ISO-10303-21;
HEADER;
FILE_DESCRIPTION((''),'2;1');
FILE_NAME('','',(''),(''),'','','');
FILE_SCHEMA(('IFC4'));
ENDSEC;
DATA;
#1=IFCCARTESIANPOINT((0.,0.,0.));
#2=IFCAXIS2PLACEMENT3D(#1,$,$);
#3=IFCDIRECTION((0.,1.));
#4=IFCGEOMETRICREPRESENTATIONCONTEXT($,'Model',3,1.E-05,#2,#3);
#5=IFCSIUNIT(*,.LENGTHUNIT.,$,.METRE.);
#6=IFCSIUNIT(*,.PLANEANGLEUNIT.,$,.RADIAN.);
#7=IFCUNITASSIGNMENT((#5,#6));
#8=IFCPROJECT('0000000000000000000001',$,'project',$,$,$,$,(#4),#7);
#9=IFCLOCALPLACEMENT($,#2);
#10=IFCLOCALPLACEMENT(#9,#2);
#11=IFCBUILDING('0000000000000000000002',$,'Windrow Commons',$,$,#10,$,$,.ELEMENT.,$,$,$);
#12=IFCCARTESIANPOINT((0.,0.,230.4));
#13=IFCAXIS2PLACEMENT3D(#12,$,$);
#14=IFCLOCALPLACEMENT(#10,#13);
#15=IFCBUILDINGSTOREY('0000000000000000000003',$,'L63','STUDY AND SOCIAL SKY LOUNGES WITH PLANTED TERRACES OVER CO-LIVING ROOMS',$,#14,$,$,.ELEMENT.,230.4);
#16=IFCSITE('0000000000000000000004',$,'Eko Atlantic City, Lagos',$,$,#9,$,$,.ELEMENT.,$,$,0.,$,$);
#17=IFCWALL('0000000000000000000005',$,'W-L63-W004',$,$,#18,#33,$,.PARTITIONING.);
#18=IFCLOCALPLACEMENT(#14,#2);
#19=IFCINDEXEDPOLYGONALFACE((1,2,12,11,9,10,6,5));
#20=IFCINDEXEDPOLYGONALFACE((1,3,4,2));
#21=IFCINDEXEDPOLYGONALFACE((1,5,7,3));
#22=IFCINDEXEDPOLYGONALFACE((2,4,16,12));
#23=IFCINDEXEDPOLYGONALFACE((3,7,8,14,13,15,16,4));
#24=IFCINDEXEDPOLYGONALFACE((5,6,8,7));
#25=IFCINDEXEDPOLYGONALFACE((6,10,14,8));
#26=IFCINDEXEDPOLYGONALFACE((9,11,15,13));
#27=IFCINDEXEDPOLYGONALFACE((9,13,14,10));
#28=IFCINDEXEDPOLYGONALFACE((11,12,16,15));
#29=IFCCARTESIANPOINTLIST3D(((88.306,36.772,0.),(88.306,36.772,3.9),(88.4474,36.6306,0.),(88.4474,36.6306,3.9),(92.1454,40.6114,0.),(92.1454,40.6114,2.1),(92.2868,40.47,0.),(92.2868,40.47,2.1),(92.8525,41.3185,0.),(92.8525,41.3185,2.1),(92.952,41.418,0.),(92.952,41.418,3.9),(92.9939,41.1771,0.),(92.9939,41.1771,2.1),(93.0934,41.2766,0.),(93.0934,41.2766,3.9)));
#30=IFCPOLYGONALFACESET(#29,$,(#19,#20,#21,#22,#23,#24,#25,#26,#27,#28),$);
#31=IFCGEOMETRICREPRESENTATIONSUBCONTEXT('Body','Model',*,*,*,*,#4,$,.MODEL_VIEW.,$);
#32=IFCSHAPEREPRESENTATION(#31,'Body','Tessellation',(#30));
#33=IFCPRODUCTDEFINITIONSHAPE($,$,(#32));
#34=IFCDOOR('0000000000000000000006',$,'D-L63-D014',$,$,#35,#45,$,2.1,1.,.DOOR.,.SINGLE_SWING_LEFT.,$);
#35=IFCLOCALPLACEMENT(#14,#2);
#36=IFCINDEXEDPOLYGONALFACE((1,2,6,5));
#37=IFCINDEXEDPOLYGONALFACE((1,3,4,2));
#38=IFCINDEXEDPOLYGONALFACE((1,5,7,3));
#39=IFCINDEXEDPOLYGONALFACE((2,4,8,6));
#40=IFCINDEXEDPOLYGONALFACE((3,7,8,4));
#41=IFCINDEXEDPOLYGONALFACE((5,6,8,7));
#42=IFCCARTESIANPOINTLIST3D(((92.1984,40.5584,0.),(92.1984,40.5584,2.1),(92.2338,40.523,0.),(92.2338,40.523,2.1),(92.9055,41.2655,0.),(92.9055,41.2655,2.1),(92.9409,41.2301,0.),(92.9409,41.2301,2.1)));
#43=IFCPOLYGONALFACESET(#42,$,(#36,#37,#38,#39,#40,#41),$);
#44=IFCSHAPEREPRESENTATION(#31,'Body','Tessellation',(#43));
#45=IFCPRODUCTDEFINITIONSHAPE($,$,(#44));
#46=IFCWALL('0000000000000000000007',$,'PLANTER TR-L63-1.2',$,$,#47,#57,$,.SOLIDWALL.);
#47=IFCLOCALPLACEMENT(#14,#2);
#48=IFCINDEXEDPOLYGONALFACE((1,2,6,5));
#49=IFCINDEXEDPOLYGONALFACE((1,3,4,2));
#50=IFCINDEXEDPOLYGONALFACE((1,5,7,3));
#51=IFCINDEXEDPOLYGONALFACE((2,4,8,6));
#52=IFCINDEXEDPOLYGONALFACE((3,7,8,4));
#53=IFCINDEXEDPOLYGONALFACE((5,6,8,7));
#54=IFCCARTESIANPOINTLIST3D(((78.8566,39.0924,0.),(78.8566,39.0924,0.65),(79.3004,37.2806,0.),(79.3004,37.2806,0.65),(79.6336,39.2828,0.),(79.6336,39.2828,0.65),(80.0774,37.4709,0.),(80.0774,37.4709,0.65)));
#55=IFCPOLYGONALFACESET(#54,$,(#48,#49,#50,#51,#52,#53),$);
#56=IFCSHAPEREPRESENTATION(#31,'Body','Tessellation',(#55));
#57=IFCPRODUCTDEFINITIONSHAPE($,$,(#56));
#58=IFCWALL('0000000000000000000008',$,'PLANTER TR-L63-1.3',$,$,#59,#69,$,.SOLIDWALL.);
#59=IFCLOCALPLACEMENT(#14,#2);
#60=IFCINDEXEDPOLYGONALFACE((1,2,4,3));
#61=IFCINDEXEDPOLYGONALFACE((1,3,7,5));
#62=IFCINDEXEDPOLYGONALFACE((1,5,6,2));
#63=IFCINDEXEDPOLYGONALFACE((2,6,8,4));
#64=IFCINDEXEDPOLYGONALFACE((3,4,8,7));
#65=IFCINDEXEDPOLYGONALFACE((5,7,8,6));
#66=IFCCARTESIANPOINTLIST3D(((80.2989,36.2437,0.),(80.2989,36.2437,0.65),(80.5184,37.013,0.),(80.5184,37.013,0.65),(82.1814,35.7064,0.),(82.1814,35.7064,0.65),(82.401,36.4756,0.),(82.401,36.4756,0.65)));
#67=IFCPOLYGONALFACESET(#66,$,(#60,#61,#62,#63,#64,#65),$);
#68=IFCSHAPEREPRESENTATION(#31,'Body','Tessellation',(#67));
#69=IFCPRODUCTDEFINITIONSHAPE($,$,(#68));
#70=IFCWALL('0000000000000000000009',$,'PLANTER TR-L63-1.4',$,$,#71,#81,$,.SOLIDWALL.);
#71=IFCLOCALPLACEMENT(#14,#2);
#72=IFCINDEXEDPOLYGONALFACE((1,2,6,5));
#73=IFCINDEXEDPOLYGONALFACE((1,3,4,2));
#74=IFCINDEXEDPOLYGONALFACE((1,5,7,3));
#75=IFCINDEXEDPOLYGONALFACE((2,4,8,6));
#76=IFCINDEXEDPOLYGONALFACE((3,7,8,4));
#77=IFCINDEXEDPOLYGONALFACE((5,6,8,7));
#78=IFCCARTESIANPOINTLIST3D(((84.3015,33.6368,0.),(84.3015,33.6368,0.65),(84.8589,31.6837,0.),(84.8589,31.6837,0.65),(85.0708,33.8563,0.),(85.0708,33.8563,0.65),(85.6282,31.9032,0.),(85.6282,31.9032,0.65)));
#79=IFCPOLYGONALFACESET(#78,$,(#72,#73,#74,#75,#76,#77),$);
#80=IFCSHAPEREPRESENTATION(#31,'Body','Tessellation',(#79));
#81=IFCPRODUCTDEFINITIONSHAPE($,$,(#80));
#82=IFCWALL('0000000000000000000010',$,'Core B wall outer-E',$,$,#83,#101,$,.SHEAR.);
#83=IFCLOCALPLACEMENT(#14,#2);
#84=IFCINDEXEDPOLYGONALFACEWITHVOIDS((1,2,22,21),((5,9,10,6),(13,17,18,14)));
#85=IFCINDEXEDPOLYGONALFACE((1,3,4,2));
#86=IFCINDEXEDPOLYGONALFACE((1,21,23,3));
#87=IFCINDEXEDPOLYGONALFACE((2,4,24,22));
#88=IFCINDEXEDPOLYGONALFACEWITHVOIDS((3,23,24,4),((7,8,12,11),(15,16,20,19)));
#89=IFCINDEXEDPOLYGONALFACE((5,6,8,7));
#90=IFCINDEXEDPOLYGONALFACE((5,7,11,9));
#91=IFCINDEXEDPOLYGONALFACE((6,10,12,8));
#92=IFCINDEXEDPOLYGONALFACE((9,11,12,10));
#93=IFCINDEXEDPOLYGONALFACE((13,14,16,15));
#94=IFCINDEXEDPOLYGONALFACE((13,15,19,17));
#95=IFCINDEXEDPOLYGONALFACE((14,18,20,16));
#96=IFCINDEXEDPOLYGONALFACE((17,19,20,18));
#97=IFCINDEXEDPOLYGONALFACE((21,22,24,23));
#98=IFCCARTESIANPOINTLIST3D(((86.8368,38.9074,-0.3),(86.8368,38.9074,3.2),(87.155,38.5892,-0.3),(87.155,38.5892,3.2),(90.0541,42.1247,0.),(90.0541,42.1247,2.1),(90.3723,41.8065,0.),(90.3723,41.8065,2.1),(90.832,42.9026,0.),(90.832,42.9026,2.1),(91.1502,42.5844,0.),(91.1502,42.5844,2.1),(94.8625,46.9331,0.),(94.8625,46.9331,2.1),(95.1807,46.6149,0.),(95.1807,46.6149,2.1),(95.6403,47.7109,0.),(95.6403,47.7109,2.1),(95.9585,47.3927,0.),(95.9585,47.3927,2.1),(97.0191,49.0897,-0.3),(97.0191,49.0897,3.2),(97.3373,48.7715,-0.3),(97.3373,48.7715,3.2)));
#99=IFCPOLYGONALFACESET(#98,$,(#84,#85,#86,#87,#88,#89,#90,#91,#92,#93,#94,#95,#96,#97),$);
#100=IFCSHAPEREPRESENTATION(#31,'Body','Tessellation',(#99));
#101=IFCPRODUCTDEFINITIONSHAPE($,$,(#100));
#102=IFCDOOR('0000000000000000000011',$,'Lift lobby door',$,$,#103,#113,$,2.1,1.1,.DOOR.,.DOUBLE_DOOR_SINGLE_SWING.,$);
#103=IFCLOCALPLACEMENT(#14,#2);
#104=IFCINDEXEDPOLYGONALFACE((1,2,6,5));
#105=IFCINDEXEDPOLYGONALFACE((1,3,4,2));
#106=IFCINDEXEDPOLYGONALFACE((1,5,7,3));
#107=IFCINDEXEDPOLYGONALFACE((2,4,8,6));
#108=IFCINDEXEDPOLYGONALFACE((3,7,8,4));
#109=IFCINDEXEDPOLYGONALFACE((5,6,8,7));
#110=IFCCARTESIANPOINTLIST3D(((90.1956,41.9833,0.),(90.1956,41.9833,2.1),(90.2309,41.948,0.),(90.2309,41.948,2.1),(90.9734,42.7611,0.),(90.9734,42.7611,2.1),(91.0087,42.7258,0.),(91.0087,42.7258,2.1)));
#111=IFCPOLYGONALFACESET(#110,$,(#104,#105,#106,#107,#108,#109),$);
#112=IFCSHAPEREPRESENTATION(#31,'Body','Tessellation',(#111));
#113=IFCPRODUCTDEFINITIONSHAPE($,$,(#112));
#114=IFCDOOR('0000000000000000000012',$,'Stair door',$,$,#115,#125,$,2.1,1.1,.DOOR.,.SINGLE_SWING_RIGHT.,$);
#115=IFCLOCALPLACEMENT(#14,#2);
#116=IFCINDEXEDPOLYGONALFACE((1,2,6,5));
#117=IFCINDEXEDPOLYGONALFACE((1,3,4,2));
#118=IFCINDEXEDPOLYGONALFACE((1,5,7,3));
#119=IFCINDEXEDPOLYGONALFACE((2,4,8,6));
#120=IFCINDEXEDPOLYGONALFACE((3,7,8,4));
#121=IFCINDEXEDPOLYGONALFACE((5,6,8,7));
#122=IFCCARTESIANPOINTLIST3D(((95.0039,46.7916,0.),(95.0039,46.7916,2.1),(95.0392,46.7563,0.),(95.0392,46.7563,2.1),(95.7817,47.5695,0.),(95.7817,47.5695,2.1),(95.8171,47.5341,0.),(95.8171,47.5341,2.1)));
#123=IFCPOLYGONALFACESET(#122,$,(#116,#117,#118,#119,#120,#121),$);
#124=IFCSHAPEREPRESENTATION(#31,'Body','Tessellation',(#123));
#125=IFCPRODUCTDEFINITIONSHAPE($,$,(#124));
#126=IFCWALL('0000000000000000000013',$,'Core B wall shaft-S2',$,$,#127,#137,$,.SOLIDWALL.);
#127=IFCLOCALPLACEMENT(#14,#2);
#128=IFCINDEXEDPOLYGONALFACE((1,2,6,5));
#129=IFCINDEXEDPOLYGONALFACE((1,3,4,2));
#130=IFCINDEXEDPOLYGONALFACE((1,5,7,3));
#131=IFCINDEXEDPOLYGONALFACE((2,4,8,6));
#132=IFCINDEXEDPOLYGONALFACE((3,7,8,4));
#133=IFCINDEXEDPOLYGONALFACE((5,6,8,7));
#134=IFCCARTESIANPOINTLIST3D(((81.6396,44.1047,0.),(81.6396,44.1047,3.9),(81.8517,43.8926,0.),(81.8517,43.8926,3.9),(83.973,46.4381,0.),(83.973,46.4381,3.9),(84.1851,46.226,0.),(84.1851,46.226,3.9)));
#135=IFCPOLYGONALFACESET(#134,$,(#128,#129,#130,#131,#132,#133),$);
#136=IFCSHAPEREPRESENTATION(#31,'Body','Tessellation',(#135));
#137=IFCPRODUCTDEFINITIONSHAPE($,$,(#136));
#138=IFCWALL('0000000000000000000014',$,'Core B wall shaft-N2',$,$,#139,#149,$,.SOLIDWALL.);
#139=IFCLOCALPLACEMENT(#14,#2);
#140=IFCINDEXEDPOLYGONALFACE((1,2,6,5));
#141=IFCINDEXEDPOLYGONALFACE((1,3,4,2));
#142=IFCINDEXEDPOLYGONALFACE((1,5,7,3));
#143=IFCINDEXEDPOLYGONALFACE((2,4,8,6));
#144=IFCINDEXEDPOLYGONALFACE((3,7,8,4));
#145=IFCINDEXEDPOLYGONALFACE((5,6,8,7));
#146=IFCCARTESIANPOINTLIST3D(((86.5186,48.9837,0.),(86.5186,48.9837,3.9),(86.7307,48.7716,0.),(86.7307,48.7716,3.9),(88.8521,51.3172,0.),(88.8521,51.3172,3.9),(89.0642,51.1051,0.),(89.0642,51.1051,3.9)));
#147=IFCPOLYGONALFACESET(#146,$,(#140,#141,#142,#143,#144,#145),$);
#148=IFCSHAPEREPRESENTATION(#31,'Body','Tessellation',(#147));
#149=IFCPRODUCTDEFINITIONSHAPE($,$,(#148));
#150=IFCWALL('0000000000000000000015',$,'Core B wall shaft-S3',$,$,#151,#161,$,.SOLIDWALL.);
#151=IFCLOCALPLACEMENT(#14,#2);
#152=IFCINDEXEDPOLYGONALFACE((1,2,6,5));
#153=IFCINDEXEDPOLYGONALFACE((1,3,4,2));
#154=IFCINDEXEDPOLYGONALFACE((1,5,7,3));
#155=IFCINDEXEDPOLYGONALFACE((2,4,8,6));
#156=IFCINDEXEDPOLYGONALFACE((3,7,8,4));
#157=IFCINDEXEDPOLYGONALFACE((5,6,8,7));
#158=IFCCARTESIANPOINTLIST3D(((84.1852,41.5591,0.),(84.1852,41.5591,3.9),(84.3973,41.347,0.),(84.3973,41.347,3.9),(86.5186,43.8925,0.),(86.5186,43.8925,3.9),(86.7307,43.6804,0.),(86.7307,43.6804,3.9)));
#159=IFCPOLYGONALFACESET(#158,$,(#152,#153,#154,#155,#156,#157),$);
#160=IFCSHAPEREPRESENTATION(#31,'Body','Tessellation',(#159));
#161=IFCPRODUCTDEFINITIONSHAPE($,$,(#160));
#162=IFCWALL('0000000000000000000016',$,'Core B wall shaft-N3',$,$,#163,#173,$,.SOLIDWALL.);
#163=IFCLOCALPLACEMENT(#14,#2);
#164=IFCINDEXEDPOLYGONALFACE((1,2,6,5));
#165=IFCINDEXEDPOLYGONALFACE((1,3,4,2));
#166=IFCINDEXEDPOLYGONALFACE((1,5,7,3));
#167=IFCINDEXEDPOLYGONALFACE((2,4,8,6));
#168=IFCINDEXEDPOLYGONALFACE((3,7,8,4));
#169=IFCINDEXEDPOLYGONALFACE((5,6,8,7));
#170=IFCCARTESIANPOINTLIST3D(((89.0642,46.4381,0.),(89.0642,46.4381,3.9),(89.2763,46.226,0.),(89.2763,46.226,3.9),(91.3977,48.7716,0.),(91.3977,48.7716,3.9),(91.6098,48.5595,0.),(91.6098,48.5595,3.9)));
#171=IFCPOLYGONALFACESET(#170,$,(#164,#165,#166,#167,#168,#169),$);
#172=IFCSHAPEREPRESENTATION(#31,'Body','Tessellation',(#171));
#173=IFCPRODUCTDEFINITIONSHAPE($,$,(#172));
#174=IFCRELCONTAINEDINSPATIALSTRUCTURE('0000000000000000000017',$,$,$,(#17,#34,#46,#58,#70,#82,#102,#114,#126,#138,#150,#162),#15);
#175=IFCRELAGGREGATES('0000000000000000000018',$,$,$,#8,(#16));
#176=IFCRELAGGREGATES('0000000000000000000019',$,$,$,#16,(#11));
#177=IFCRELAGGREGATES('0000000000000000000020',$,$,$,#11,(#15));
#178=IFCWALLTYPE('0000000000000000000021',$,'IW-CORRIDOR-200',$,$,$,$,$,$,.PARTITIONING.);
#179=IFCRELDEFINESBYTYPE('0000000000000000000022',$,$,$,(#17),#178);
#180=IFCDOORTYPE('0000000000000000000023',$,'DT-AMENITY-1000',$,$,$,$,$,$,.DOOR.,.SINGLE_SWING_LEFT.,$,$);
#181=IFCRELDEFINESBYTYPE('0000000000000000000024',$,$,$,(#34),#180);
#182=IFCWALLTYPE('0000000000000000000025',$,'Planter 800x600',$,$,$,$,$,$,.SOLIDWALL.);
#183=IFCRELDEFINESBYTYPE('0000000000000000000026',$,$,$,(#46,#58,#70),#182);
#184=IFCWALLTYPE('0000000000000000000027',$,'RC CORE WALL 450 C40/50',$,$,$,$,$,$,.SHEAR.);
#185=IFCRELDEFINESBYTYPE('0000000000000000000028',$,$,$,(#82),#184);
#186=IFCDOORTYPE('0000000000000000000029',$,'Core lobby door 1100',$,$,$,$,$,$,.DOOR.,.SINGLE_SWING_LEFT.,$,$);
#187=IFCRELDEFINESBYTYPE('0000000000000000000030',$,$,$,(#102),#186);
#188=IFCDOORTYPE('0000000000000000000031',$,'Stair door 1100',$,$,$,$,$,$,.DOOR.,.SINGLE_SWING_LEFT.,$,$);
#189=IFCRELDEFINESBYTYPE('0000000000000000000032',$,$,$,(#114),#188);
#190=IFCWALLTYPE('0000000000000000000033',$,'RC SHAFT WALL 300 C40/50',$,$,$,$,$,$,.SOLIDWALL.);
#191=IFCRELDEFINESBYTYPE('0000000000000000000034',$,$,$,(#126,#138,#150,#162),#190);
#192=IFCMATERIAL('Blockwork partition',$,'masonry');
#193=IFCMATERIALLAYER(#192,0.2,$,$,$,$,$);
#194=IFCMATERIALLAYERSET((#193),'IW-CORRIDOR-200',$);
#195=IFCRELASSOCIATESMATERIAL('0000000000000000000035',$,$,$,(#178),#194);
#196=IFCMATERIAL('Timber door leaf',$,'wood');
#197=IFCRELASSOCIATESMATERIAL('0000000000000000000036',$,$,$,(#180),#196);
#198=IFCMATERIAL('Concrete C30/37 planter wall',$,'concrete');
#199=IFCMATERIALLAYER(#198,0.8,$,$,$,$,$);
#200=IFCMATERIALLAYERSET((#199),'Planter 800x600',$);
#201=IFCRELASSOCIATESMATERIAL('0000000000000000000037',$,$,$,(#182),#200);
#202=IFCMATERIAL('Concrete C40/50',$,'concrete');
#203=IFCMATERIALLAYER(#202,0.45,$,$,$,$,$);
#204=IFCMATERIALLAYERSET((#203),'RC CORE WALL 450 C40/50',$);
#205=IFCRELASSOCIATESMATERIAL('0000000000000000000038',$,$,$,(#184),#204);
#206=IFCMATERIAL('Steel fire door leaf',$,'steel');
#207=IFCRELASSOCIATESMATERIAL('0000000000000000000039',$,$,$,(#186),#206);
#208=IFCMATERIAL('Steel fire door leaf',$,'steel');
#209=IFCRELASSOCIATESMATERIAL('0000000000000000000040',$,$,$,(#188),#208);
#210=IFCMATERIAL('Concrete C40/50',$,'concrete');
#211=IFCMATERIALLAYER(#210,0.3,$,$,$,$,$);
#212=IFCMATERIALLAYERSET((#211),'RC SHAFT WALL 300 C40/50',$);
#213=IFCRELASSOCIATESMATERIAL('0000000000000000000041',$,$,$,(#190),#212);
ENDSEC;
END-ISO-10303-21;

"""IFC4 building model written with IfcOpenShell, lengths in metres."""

from ifc_helpers import new_model, si_unit, direction, frame, frame_2d, origin, place, context, subcontext, project, spatial, rectangle, extrude, material, layer, layer_set, type_object, element, fill, save


model = new_model("IFC4")

# Units and contexts
model_context = context("Model", 3, precision=1e-05, world=origin(), true_north=direction((0.0, 1.0)))
body_context = subcontext(model_context, "Body", "Model", "MODEL_VIEW")
ifc_project = project(units=[si_unit("LENGTHUNIT", "METRE"), si_unit("PLANEANGLEUNIT", "RADIAN")], contexts=[model_context])

# Site, building, storey
site_placement = place(None, origin())
site = spatial("IfcSite", under=ifc_project, at=site_placement, Name="Eko Atlantic City, Lagos", CompositionType="ELEMENT", RefElevation=0.0)
building_placement = place(site_placement, origin())
building = spatial("IfcBuilding", under=site, at=building_placement, Name="Windrow Commons", CompositionType="ELEMENT")
storey_placement = place(building_placement, frame((0.0, 0.0, 230.4)))
storey = spatial("IfcBuildingStorey", under=building, at=storey_placement, Name="L63", Description="STUDY AND SOCIAL SKY LOUNGES WITH PLANTED TERRACES OVER CO-LIVING ROOMS", CompositionType="ELEMENT", Elevation=230.4)

# Wall, opening, door
ifc_material_1 = material(Name="Blockwork partition", Category="masonry")
ifc_layer_1 = layer(ifc_material_1, 0.2)
ifc_layer_set_1 = layer_set([ifc_layer_1], Name="IW-CORRIDOR-200")
wall_type_1 = type_object("IfcWallType", Name="IW-CORRIDOR-200", PredefinedType="PARTITIONING", material=ifc_layer_set_1)
wall_1_placement = place(storey_placement, frame((88.3767, 36.7013, 0.0), z_axis=(0.0, 0.0, 1.0), x_axis=(0.707107, 0.707107, 0.0)))
wall_1 = element("IfcWall", 1, at=wall_1_placement, inside=storey, type_object=wall_type_1, Name="W-L63-W004", PredefinedType="PARTITIONING", context=body_context, shape_type="SweptSolid", body=[
    extrude(rectangle(XDim=6.5704, YDim=0.2, at=frame_2d((3.2852, 0.0))), origin(), (0.0, 0.0, 1.0), 3.9),
])
opening_1_placement = place(wall_1_placement, frame((5.4297, 0.0, 0.0)))
opening_1 = element("IfcOpeningElement", 2, at=opening_1_placement, cuts=wall_1, PredefinedType="OPENING", context=body_context, shape_type="SweptSolid", body=[
    extrude(rectangle(XDim=1.0, YDim=2.1, at=frame_2d((0.5, 1.05))), frame((0.0, 0.11, 0.0), z_axis=(0.0, -1.0, 0.0), x_axis=(1.0, 0.0, 0.0)), (0.0, 0.0, 1.0), 0.22),
])
ifc_material_2 = material(Name="Timber door leaf", Category="wood")
door_type_1 = type_object("IfcDoorType", Name="DT-AMENITY-1000", OperationType="SINGLE_SWING_LEFT", PredefinedType="DOOR", material=ifc_material_2)
door_1_placement = place(opening_1_placement, origin())
door_1 = element("IfcDoor", 3, at=door_1_placement, inside=storey, type_object=door_type_1, Name="D-L63-D014", OperationType="SINGLE_SWING_LEFT", OverallHeight=2.1, OverallWidth=1.0, PredefinedType="DOOR", context=body_context, shape_type="SweptSolid", body=[
    extrude(rectangle(XDim=1.0, YDim=2.1, at=frame_2d((0.5, 1.05))), frame((0.0, 0.025, 0.0), z_axis=(0.0, -1.0, 0.0), x_axis=(1.0, 0.0, 0.0)), (0.0, 0.0, 1.0), 0.05),
])
fill(opening_1, door_1)

# Walls
ifc_material_3 = material(Name="Concrete C30/37 planter wall", Category="concrete")
ifc_layer_2 = layer(ifc_material_3, 0.8)
ifc_layer_set_2 = layer_set([ifc_layer_2], Name="Planter 800x600")
wall_type_2 = type_object("IfcWallType", Name="Planter 800x600", PredefinedType="SOLIDWALL", material=ifc_layer_set_2)
wall_2_placement = place(storey_placement, frame((79.2451, 39.1876, 0.0), z_axis=(0.0, 0.0, 1.0), x_axis=(0.237916, -0.971286, 0.0)))
element("IfcWall", 4, at=wall_2_placement, inside=storey, type_object=wall_type_2, Name="PLANTER TR-L63-1.2", PredefinedType="SOLIDWALL", context=body_context, shape_type="SweptSolid", body=[
    extrude(rectangle(XDim=1.8654, YDim=0.8, at=frame_2d((0.9327, 0.0))), origin(), (0.0, 0.0, 1.0), 0.65),
])
wall_3_placement = place(storey_placement, frame((80.4087, 36.6283, 0.0), z_axis=(0.0, 0.0, 1.0), x_axis=(0.961599, -0.274458, 0.0)))
element("IfcWall", 5, at=wall_3_placement, inside=storey, type_object=wall_type_2, Name="PLANTER TR-L63-1.3", PredefinedType="SOLIDWALL", context=body_context, shape_type="SweptSolid", body=[
    extrude(rectangle(XDim=1.9577, YDim=0.8, at=frame_2d((0.9788, 0.0))), origin(), (0.0, 0.0, 1.0), 0.65),
])
wall_4_placement = place(storey_placement, frame((84.6862, 33.7465, 0.0), z_axis=(0.0, 0.0, 1.0), x_axis=(0.274435, -0.961606, 0.0)))
element("IfcWall", 6, at=wall_4_placement, inside=storey, type_object=wall_type_2, Name="PLANTER TR-L63-1.4", PredefinedType="SOLIDWALL", context=body_context, shape_type="SweptSolid", body=[
    extrude(rectangle(XDim=2.0311, YDim=0.8, at=frame_2d((1.0155, 0.0))), origin(), (0.0, 0.0, 1.0), 0.65),
])

# Wall, openings, doors
ifc_material_4 = material(Name="Concrete C40/50", Category="concrete")
ifc_layer_3 = layer(ifc_material_4, 0.45)
ifc_layer_set_3 = layer_set([ifc_layer_3], Name="RC CORE WALL 450 C40/50")
wall_type_3 = type_object("IfcWallType", Name="RC CORE WALL 450 C40/50", PredefinedType="SHEAR", material=ifc_layer_set_3)
wall_5_placement = place(storey_placement, frame((86.9959, 38.7483, -0.3), z_axis=(0.0, 0.0, 1.0), x_axis=(0.707107, 0.707107, 0.0)))
wall_5 = element("IfcWall", 7, at=wall_5_placement, inside=storey, type_object=wall_type_3, Name="Core B wall outer-E", PredefinedType="SHEAR", context=body_context, shape_type="SweptSolid", body=[
    extrude(rectangle(XDim=14.3999, YDim=0.45, at=frame_2d((7.2, 0.0))), origin(), (0.0, 0.0, 1.0), 3.5),
])
opening_2_placement = place(wall_5_placement, frame((4.55, 0.0, 0.3)))
opening_2 = element("IfcOpeningElement", 8, at=opening_2_placement, cuts=wall_5, PredefinedType="OPENING", context=body_context, shape_type="SweptSolid", body=[
    extrude(rectangle(XDim=1.1, YDim=2.1, at=frame_2d((0.55, 1.05))), frame((0.0, 0.235, 0.0), z_axis=(0.0, -1.0, 0.0), x_axis=(1.0, 0.0, 0.0)), (0.0, 0.0, 1.0), 0.47),
])
opening_3_placement = place(wall_5_placement, frame((11.35, 0.0, 0.3)))
opening_3 = element("IfcOpeningElement", 9, at=opening_3_placement, cuts=wall_5, PredefinedType="OPENING", context=body_context, shape_type="SweptSolid", body=[
    extrude(rectangle(XDim=1.1, YDim=2.1, at=frame_2d((0.55, 1.05))), frame((0.0, 0.235, 0.0), z_axis=(0.0, -1.0, 0.0), x_axis=(1.0, 0.0, 0.0)), (0.0, 0.0, 1.0), 0.47),
])
ifc_material_5 = material(Name="Steel fire door leaf", Category="steel")
door_type_2 = type_object("IfcDoorType", Name="Core lobby door 1100", OperationType="SINGLE_SWING_LEFT", PredefinedType="DOOR", material=ifc_material_5)
door_2_placement = place(opening_2_placement, origin())
door_2 = element("IfcDoor", 10, at=door_2_placement, inside=storey, type_object=door_type_2, Name="Lift lobby door", OperationType="DOUBLE_DOOR_SINGLE_SWING", OverallHeight=2.1, OverallWidth=1.1, PredefinedType="DOOR", context=body_context, shape_type="SweptSolid", body=[
    extrude(rectangle(XDim=1.1, YDim=2.1, at=frame_2d((0.55, 1.05))), frame((0.0, 0.025, 0.0), z_axis=(0.0, -1.0, 0.0), x_axis=(1.0, 0.0, 0.0)), (0.0, 0.0, 1.0), 0.05),
])
fill(opening_2, door_2)
ifc_material_6 = material(Name="Steel fire door leaf", Category="steel")
door_type_3 = type_object("IfcDoorType", Name="Stair door 1100", OperationType="SINGLE_SWING_LEFT", PredefinedType="DOOR", material=ifc_material_6)
door_3_placement = place(opening_3_placement, origin())
door_3 = element("IfcDoor", 11, at=door_3_placement, inside=storey, type_object=door_type_3, Name="Stair door", OperationType="SINGLE_SWING_RIGHT", OverallHeight=2.1, OverallWidth=1.1, PredefinedType="DOOR", context=body_context, shape_type="SweptSolid", body=[
    extrude(rectangle(XDim=1.1, YDim=2.1, at=frame_2d((0.55, 1.05))), frame((0.0, 0.025, 0.0), z_axis=(0.0, -1.0, 0.0), x_axis=(1.0, 0.0, 0.0)), (0.0, 0.0, 1.0), 0.05),
])
fill(opening_3, door_3)

# Walls
ifc_material_7 = material(Name="Concrete C40/50", Category="concrete")
ifc_layer_4 = layer(ifc_material_7, 0.3)
ifc_layer_set_4 = layer_set([ifc_layer_4], Name="RC SHAFT WALL 300 C40/50")
wall_type_4 = type_object("IfcWallType", Name="RC SHAFT WALL 300 C40/50", PredefinedType="SOLIDWALL", material=ifc_layer_set_4)
wall_6_placement = place(storey_placement, frame((81.7456, 43.9986, 0.0), z_axis=(0.0, 0.0, 1.0), x_axis=(0.707107, 0.707107, 0.0)))
element("IfcWall", 12, at=wall_6_placement, inside=storey, type_object=wall_type_4, Name="Core B wall shaft-S2", PredefinedType="SOLIDWALL", context=body_context, shape_type="SweptSolid", body=[
    extrude(rectangle(XDim=3.2999, YDim=0.3, at=frame_2d((1.65, 0.0))), origin(), (0.0, 0.0, 1.0), 3.9),
])
wall_7_placement = place(storey_placement, frame((86.6246, 48.8776, 0.0), z_axis=(0.0, 0.0, 1.0), x_axis=(0.707107, 0.707107, 0.0)))
element("IfcWall", 13, at=wall_7_placement, inside=storey, type_object=wall_type_4, Name="Core B wall shaft-N2", PredefinedType="SOLIDWALL", context=body_context, shape_type="SweptSolid", body=[
    extrude(rectangle(XDim=3.3001, YDim=0.3, at=frame_2d((1.6501, 0.0))), origin(), (0.0, 0.0, 1.0), 3.9),
])
wall_8_placement = place(storey_placement, frame((84.2912, 41.453, 0.0), z_axis=(0.0, 0.0, 1.0), x_axis=(0.707107, 0.707107, 0.0)))
element("IfcWall", 14, at=wall_8_placement, inside=storey, type_object=wall_type_4, Name="Core B wall shaft-S3", PredefinedType="SOLIDWALL", context=body_context, shape_type="SweptSolid", body=[
    extrude(rectangle(XDim=3.2999, YDim=0.3, at=frame_2d((1.65, 0.0))), origin(), (0.0, 0.0, 1.0), 3.9),
])
wall_9_placement = place(storey_placement, frame((89.1702, 46.332, 0.0), z_axis=(0.0, 0.0, 1.0), x_axis=(0.707107, 0.707107, 0.0)))
element("IfcWall", 15, at=wall_9_placement, inside=storey, type_object=wall_type_4, Name="Core B wall shaft-N3", PredefinedType="SOLIDWALL", context=body_context, shape_type="SweptSolid", body=[
    extrude(rectangle(XDim=3.3001, YDim=0.3, at=frame_2d((1.6501, 0.0))), origin(), (0.0, 0.0, 1.0), 3.9),
])

save(model, "model.ifc")
